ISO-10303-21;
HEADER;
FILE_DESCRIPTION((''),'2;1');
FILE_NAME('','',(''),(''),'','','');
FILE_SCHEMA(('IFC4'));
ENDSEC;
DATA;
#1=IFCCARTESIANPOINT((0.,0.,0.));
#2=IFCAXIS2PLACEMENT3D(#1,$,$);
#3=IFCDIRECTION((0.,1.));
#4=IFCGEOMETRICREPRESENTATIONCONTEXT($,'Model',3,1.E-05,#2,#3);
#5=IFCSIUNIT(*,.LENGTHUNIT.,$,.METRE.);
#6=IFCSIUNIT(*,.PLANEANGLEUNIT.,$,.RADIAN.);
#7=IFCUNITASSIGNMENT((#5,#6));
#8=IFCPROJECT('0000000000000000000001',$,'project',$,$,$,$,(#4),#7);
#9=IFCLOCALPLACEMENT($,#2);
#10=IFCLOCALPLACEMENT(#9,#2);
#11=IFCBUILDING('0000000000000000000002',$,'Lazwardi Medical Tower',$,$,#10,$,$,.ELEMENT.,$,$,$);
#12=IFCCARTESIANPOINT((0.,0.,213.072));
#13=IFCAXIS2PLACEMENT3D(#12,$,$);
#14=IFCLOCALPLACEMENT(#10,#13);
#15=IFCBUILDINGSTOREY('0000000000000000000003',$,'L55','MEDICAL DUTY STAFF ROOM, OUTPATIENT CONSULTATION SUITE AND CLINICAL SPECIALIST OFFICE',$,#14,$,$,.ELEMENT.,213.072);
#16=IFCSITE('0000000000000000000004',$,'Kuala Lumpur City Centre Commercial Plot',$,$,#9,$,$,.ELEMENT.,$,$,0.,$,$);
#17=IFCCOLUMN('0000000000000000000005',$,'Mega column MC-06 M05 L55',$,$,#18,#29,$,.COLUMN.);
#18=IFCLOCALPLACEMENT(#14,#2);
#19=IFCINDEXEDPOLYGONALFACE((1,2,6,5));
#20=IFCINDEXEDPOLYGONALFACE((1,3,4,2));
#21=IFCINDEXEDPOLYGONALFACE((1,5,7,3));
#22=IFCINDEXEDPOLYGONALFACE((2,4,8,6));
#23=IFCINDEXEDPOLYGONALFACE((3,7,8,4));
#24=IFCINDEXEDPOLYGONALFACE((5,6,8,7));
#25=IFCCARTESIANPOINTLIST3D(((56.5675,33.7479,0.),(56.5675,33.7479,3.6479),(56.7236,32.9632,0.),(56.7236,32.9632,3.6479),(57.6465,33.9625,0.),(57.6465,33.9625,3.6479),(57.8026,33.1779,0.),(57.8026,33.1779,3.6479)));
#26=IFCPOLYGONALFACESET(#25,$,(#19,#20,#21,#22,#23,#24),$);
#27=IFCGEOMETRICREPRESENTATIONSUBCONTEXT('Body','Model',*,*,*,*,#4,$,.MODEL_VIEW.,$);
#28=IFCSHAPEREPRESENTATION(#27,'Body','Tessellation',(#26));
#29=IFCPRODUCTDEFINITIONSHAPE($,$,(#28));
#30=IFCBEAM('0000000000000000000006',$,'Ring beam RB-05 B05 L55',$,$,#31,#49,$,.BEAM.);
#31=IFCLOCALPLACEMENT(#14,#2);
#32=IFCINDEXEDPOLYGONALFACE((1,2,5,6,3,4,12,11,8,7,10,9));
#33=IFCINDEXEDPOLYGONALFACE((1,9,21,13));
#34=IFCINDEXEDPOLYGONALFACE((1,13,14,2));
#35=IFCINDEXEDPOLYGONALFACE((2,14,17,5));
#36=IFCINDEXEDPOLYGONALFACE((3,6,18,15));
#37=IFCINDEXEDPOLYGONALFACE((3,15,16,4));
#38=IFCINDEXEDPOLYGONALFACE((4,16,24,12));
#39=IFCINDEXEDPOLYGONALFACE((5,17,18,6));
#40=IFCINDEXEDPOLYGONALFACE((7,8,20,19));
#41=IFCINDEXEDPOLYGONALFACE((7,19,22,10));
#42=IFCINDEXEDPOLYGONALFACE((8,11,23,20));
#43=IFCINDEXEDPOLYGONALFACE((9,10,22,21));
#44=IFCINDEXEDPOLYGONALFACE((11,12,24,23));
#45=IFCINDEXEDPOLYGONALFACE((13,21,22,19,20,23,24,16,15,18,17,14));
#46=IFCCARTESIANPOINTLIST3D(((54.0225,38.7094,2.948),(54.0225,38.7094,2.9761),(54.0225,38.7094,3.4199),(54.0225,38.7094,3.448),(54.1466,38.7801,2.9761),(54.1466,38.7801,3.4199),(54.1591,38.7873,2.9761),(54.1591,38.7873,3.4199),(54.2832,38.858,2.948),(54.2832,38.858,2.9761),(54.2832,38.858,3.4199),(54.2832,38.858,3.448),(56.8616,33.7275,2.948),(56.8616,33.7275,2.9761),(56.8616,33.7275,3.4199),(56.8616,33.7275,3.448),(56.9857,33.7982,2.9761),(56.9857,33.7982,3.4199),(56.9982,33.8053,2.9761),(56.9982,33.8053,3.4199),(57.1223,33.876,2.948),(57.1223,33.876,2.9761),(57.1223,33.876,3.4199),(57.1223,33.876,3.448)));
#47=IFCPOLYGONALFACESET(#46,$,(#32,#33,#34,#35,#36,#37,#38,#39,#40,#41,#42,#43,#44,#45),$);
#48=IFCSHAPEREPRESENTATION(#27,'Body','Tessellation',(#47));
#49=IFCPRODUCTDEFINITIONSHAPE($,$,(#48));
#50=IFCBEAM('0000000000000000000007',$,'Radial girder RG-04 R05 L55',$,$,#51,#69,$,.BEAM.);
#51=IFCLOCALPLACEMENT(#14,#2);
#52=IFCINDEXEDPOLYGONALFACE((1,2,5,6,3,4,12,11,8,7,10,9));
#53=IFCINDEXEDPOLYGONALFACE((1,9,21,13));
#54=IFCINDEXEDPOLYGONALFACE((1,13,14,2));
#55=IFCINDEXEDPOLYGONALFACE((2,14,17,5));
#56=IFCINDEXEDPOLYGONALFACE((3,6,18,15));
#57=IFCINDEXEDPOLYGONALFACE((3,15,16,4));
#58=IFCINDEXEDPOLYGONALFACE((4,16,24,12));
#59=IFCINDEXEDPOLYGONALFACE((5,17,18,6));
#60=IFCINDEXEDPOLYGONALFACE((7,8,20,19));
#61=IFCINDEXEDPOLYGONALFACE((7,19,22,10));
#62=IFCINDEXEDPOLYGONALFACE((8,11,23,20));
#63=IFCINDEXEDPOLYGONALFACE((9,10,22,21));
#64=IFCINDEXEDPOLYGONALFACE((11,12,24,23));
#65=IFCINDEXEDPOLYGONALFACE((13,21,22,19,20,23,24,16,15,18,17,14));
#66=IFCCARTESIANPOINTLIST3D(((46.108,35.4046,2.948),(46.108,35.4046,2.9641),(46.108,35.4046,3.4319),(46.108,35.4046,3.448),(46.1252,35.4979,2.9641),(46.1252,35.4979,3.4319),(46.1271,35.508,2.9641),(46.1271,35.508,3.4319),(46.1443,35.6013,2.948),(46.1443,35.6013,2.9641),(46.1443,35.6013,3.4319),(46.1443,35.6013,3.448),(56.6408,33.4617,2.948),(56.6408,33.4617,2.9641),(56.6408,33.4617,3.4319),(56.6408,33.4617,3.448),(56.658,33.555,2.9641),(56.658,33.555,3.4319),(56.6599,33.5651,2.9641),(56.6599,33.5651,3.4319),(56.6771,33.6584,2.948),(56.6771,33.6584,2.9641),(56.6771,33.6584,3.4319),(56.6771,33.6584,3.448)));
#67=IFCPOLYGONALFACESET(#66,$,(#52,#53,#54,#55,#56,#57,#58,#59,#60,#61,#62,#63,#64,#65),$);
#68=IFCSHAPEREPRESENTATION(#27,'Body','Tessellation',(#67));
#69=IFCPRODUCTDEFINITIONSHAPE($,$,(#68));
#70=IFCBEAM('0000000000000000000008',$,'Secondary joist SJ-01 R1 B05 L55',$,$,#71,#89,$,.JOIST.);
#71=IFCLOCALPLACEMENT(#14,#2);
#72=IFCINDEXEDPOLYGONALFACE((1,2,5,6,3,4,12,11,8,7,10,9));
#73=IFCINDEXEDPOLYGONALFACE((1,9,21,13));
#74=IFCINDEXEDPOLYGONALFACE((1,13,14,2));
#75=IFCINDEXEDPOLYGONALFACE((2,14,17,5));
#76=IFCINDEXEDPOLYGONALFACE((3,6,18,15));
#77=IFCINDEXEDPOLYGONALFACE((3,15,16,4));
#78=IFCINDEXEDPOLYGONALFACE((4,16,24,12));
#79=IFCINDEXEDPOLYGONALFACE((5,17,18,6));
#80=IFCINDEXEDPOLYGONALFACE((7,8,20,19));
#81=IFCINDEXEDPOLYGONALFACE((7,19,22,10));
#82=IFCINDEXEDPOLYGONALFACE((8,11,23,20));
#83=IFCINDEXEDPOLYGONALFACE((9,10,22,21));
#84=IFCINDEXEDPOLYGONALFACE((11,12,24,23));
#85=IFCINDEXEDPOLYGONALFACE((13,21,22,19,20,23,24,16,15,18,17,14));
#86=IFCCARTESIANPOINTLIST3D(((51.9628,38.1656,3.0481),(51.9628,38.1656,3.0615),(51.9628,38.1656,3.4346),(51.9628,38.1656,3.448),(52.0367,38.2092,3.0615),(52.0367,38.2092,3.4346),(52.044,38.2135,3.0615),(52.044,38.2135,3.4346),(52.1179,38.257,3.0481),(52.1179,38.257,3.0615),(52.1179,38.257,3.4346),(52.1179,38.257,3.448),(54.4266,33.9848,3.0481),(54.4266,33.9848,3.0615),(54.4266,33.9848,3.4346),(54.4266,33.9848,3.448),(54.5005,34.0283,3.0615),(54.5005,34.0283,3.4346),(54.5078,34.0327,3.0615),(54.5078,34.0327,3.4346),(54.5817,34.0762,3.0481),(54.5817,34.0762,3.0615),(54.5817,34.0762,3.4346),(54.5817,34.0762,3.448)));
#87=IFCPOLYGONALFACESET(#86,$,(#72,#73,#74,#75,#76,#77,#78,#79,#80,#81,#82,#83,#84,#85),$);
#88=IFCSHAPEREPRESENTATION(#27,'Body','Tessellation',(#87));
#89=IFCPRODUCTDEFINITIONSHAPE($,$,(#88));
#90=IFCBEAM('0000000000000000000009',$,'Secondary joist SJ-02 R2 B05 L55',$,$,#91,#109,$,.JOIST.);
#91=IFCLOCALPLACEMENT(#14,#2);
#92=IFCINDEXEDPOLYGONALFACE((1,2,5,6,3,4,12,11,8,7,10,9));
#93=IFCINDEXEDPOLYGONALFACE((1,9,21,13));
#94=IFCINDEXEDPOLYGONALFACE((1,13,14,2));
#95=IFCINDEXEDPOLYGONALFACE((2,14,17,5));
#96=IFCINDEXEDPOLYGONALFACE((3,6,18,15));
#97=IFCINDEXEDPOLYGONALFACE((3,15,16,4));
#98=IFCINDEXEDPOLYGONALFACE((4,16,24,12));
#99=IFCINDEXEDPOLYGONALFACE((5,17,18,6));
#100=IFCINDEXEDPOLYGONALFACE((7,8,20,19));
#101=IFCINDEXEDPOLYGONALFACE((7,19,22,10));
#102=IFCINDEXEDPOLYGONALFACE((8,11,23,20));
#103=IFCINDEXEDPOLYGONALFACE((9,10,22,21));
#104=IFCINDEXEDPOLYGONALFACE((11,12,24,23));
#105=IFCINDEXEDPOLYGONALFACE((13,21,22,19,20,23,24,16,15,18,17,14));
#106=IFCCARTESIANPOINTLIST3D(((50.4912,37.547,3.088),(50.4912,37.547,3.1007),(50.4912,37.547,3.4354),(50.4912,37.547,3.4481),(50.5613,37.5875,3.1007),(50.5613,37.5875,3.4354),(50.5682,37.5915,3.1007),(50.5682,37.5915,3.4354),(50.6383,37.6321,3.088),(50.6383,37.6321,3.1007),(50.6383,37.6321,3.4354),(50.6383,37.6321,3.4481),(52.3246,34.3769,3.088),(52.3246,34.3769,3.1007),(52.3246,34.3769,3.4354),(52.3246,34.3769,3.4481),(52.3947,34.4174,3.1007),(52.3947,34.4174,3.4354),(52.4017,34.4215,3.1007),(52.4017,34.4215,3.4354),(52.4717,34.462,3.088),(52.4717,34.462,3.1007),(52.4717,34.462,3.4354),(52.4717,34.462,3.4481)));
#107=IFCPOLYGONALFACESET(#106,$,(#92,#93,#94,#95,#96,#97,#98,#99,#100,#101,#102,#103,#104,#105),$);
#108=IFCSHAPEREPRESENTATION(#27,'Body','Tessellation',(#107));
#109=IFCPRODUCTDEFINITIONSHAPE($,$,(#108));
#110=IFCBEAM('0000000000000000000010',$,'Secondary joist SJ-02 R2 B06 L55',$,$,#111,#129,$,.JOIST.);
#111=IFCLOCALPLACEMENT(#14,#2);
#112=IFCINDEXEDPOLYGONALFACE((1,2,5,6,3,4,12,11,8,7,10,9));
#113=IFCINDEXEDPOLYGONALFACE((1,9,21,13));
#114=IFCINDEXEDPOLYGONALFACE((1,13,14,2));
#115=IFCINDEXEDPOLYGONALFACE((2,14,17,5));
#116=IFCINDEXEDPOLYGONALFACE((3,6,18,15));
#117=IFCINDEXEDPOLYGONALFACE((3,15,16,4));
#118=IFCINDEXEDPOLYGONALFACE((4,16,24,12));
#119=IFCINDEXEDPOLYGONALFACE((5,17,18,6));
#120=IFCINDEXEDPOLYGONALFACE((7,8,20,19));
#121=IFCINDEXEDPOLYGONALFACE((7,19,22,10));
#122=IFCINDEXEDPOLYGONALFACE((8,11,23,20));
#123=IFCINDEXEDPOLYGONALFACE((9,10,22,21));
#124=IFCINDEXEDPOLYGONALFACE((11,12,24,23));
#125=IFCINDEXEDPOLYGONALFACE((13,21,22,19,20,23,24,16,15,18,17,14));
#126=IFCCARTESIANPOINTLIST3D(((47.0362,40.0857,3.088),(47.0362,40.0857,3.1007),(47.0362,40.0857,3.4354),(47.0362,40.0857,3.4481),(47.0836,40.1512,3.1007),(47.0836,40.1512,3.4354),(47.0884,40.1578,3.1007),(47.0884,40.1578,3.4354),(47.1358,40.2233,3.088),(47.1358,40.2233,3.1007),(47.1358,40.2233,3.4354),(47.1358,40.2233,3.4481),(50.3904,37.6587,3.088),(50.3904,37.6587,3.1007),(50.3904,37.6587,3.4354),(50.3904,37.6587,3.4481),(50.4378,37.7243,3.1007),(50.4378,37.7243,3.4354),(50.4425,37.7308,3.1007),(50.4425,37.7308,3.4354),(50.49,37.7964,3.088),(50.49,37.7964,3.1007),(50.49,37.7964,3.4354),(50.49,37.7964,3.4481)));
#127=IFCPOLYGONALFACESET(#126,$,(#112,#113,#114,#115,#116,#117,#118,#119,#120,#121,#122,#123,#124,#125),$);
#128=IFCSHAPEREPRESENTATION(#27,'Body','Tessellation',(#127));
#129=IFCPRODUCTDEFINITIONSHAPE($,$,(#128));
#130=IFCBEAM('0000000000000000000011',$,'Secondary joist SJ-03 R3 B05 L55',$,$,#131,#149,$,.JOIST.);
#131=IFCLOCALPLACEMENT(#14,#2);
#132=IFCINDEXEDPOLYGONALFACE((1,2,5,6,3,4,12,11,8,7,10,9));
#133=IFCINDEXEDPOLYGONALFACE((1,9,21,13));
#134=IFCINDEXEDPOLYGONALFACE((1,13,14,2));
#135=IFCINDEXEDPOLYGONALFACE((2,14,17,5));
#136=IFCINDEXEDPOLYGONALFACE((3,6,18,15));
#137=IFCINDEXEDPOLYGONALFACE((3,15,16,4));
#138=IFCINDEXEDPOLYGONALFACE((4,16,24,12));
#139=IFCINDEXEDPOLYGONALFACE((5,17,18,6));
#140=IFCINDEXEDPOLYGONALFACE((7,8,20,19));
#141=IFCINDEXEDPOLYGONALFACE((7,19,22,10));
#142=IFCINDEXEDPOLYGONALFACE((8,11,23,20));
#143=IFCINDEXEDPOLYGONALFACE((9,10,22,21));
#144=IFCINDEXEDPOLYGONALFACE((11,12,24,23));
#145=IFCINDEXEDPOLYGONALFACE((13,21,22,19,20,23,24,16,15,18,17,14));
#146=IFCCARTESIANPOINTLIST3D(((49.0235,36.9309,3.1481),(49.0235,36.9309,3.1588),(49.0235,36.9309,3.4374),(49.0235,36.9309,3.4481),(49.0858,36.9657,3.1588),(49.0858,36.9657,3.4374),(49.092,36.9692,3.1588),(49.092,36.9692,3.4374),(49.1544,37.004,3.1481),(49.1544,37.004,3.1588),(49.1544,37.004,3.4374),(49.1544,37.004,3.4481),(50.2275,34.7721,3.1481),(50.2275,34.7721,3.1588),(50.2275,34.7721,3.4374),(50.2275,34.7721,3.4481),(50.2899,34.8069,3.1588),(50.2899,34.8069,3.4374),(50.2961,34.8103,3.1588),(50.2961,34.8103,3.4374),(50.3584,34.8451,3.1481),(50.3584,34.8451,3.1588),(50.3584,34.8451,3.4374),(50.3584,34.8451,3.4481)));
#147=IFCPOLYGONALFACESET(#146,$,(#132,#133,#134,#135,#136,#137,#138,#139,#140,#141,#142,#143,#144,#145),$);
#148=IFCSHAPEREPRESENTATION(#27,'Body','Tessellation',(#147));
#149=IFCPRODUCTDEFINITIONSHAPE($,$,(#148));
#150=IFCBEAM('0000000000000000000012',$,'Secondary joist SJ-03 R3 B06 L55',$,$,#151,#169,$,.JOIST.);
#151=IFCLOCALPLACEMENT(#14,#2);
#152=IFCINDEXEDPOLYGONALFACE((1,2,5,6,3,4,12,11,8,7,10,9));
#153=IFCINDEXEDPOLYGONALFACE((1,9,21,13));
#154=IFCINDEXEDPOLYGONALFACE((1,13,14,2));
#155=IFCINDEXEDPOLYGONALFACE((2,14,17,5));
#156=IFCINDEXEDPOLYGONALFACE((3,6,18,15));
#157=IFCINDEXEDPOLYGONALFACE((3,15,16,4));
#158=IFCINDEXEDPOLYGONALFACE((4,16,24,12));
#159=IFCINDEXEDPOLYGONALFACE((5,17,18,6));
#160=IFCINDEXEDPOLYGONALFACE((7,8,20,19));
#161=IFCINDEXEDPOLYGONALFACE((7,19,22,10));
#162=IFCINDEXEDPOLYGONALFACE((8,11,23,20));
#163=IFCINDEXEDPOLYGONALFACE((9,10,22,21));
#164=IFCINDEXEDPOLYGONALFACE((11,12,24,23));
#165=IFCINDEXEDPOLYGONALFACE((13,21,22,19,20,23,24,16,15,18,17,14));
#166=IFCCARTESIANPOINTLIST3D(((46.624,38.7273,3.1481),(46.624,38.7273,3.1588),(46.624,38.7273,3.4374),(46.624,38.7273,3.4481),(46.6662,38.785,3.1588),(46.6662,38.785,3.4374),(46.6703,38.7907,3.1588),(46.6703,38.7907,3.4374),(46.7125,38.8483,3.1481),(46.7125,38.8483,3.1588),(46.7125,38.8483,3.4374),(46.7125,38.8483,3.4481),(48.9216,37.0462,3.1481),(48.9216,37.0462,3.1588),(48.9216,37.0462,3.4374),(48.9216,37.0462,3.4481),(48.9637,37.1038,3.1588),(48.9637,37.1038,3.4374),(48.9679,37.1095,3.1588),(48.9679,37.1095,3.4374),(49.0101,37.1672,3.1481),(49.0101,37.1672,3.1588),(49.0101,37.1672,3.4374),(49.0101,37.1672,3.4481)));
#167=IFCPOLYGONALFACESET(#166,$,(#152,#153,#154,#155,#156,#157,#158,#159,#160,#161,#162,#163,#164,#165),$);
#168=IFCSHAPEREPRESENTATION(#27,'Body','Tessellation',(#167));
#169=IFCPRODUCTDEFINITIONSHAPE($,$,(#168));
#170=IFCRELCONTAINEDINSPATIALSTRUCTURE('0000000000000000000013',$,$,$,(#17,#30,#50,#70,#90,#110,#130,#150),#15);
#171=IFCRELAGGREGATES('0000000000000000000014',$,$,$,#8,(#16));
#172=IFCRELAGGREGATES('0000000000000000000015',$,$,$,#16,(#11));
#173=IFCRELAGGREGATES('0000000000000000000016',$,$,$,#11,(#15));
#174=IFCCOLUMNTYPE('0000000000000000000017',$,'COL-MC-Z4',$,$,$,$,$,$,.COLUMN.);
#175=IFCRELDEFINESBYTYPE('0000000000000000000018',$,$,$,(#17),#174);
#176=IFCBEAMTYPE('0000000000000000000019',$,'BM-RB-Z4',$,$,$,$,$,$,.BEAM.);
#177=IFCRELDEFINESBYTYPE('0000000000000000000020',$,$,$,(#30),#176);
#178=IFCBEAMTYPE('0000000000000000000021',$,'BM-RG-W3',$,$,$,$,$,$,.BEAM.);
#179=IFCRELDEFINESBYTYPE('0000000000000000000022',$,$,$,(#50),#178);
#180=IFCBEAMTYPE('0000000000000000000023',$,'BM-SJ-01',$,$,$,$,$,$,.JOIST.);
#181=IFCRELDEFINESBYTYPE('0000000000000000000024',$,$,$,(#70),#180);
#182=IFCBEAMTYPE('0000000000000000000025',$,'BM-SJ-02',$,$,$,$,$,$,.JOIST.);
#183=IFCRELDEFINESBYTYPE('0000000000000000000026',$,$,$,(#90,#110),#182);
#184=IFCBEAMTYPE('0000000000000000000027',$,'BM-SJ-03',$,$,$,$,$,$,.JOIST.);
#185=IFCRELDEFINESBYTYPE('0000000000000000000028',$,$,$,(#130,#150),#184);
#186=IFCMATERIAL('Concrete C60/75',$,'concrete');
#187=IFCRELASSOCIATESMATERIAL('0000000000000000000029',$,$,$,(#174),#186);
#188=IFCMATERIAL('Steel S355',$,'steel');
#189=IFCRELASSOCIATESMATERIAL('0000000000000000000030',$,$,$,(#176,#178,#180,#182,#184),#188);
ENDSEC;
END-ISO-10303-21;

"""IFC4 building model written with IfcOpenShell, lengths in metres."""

from ifc_helpers import new_model, si_unit, direction, frame, origin, origin_2d, place, context, subcontext, project, spatial, rectangle, i_section, extrude, material, material_profile, profile_set, type_object, element, save


model = new_model("IFC4")

# Units and contexts
model_context = context("Model", 3, precision=1e-05, world=origin(), true_north=direction((0.0, 1.0)))
body_context = subcontext(model_context, "Body", "Model", "MODEL_VIEW")
ifc_project = project(units=[si_unit("LENGTHUNIT", "METRE"), si_unit("PLANEANGLEUNIT", "RADIAN")], contexts=[model_context])

# Site, building, storey
site_placement = place(None, origin())
site = spatial("IfcSite", under=ifc_project, at=site_placement, Name="Kuala Lumpur City Centre Commercial Plot", CompositionType="ELEMENT", RefElevation=0.0)
building_placement = place(site_placement, origin())
building = spatial("IfcBuilding", under=site, at=building_placement, Name="Lazwardi Medical Tower", CompositionType="ELEMENT")
storey_placement = place(building_placement, frame((0.0, 0.0, 213.072)))
storey = spatial("IfcBuildingStorey", under=building, at=storey_placement, Name="L55", Description="MEDICAL DUTY STAFF ROOM, OUTPATIENT CONSULTATION SUITE AND CLINICAL SPECIALIST OFFICE", CompositionType="ELEMENT", Elevation=213.072)

# Column
ifc_material_1 = material(Name="Concrete C60/75", Category="concrete")
ifc_material_profile_1 = material_profile(ifc_material_1, rectangle(XDim=1.1001, YDim=0.8, at=origin_2d()), Name="CFT-RECT 1100x800")
ifc_profile_set_1 = profile_set([ifc_material_profile_1], Name="Concrete C60/75")
column_type = type_object("IfcColumnType", Name="COL-MC-Z4", PredefinedType="COLUMN", material=ifc_profile_set_1)
column_placement = place(storey_placement, frame((57.1851, 33.4629, 0.0), z_axis=(0.0, 0.0, 1.0), x_axis=(0.980785, 0.19509, 0.0)))
element("IfcColumn", 1, at=column_placement, inside=storey, type_object=column_type, Name="Mega column MC-06 M05 L55", PredefinedType="COLUMN", context=body_context, shape_type="SweptSolid", body=[
    extrude(rectangle(XDim=1.1001, YDim=0.8, at=origin_2d()), origin(), (0.0, 0.0, 1.0), 3.6479),
])

# Beams
ifc_material_2 = material(Name="Steel S355", Category="steel")
ifc_material_profile_2 = material_profile(ifc_material_2, i_section(OverallWidth=0.3, OverallDepth=0.5, WebThickness=0.0144, FlangeThickness=0.0281, at=origin_2d()), Name="HEB 500")
ifc_profile_set_2 = profile_set([ifc_material_profile_2], Name="Steel S355")
beam_type_1 = type_object("IfcBeamType", Name="BM-RB-Z4", PredefinedType="BEAM", material=ifc_profile_set_2)
beam_1_placement = place(storey_placement, frame((56.9919, 33.8018, 3.198), z_axis=(-0.495125, 0.868822, 0.0), x_axis=(-0.868822, -0.495125, 0.0)))
element("IfcBeam", 2, at=beam_1_placement, inside=storey, type_object=beam_type_1, Name="Ring beam RB-05 B05 L55", PredefinedType="BEAM", context=body_context, shape_type="SweptSolid", body=[
    extrude(i_section(OverallWidth=0.3, OverallDepth=0.5, WebThickness=0.0144, FlangeThickness=0.0281, at=origin_2d()), origin(), (0.0, 0.0, 1.0), 5.7341),
])
ifc_material_profile_3 = material_profile(ifc_material_2, i_section(OverallWidth=0.2, OverallDepth=0.5, WebThickness=0.0103, FlangeThickness=0.0161, at=origin_2d()), Name="IPE 500")
ifc_profile_set_3 = profile_set([ifc_material_profile_3], Name="Steel S355")
beam_type_2 = type_object("IfcBeamType", Name="BM-RG-W3", PredefinedType="BEAM", material=ifc_profile_set_3)
beam_2_placement = place(storey_placement, frame((56.6589, 33.5601, 3.198), z_axis=(-0.983409, 0.1814, 0.0), x_axis=(-0.1814, -0.983409, 0.0)))
element("IfcBeam", 3, at=beam_2_placement, inside=storey, type_object=beam_type_2, Name="Radial girder RG-04 R05 L55", PredefinedType="BEAM", context=body_context, shape_type="SweptSolid", body=[
    extrude(i_section(OverallWidth=0.2, OverallDepth=0.5, WebThickness=0.0103, FlangeThickness=0.0161, at=origin_2d()), origin(), (0.0, 0.0, 1.0), 10.7104),
])
ifc_material_profile_4 = material_profile(ifc_material_2, i_section(OverallWidth=0.1799, OverallDepth=0.3999, WebThickness=0.0085, FlangeThickness=0.0134, at=origin_2d()), Name="IPE 400")
ifc_profile_set_4 = profile_set([ifc_material_profile_4], Name="Steel S355")
beam_type_3 = type_object("IfcBeamType", Name="BM-SJ-01", PredefinedType="JOIST", material=ifc_profile_set_4)
beam_3_placement = place(storey_placement, frame((54.5042, 34.0305, 3.248), z_axis=(-0.50771, 0.861528, 0.0), x_axis=(-0.861528, -0.50771, 0.0)))
element("IfcBeam", 4, at=beam_3_placement, inside=storey, type_object=beam_type_3, Name="Secondary joist SJ-01 R1 B05 L55", PredefinedType="JOIST", context=body_context, shape_type="SweptSolid", body=[
    extrude(i_section(OverallWidth=0.1799, OverallDepth=0.3999, WebThickness=0.0085, FlangeThickness=0.0134, at=origin_2d()), origin(), (0.0, 0.0, 1.0), 4.8528),
])
ifc_material_profile_5 = material_profile(ifc_material_2, i_section(OverallWidth=0.1699, OverallDepth=0.3601, WebThickness=0.0081, FlangeThickness=0.0127, at=origin_2d()), Name="IPE 360")
ifc_profile_set_5 = profile_set([ifc_material_profile_5], Name="Steel S355")
beam_type_4 = type_object("IfcBeamType", Name="BM-SJ-02", PredefinedType="JOIST", material=ifc_profile_set_5)
beam_4_placement = place(storey_placement, frame((52.3982, 34.4194, 3.2681), z_axis=(-0.500655, 0.865647, 0.0), x_axis=(-0.865647, -0.500655, 0.0)))
element("IfcBeam", 5, at=beam_4_placement, inside=storey, type_object=beam_type_4, Name="Secondary joist SJ-02 R2 B05 L55", PredefinedType="JOIST", context=body_context, shape_type="SweptSolid", body=[
    extrude(i_section(OverallWidth=0.1699, OverallDepth=0.3601, WebThickness=0.0081, FlangeThickness=0.0127, at=origin_2d()), origin(), (0.0, 0.0, 1.0), 3.6621),
])
beam_5_placement = place(storey_placement, frame((50.4402, 37.7275, 3.2681), z_axis=(-0.810164, 0.586203, 0.0), x_axis=(-0.586203, -0.810164, 0.0)))
element("IfcBeam", 6, at=beam_5_placement, inside=storey, type_object=beam_type_4, Name="Secondary joist SJ-02 R2 B06 L55", PredefinedType="JOIST", context=body_context, shape_type="SweptSolid", body=[
    extrude(i_section(OverallWidth=0.1699, OverallDepth=0.3601, WebThickness=0.0081, FlangeThickness=0.0127, at=origin_2d()), origin(), (0.0, 0.0, 1.0), 4.1401),
])
ifc_material_profile_6 = material_profile(ifc_material_2, i_section(OverallWidth=0.1499, OverallDepth=0.3, WebThickness=0.0071, FlangeThickness=0.0107, at=origin_2d()), Name="IPE 300")
ifc_profile_set_6 = profile_set([ifc_material_profile_6], Name="Steel S355")
beam_type_5 = type_object("IfcBeamType", Name="BM-SJ-03", PredefinedType="JOIST", material=ifc_profile_set_6)
beam_6_placement = place(storey_placement, frame((50.293, 34.8086, 3.2981), z_axis=(-0.487093, 0.87335, 0.0), x_axis=(-0.87335, -0.487093, 0.0)))
element("IfcBeam", 7, at=beam_6_placement, inside=storey, type_object=beam_type_5, Name="Secondary joist SJ-03 R3 B05 L55", PredefinedType="JOIST", context=body_context, shape_type="SweptSolid", body=[
    extrude(i_section(OverallWidth=0.1499, OverallDepth=0.3, WebThickness=0.0071, FlangeThickness=0.0107, at=origin_2d()), origin(), (0.0, 0.0, 1.0), 2.4719),
])
beam_7_placement = place(storey_placement, frame((48.9658, 37.1067, 3.2981), z_axis=(-0.807034, 0.590505, 0.0), x_axis=(-0.590505, -0.807034, 0.0)))
element("IfcBeam", 8, at=beam_7_placement, inside=storey, type_object=beam_type_5, Name="Secondary joist SJ-03 R3 B06 L55", PredefinedType="JOIST", context=body_context, shape_type="SweptSolid", body=[
    extrude(i_section(OverallWidth=0.1499, OverallDepth=0.3, WebThickness=0.0071, FlangeThickness=0.0107, at=origin_2d()), origin(), (0.0, 0.0, 1.0), 2.8469),
])

save(model, "model.ifc")
